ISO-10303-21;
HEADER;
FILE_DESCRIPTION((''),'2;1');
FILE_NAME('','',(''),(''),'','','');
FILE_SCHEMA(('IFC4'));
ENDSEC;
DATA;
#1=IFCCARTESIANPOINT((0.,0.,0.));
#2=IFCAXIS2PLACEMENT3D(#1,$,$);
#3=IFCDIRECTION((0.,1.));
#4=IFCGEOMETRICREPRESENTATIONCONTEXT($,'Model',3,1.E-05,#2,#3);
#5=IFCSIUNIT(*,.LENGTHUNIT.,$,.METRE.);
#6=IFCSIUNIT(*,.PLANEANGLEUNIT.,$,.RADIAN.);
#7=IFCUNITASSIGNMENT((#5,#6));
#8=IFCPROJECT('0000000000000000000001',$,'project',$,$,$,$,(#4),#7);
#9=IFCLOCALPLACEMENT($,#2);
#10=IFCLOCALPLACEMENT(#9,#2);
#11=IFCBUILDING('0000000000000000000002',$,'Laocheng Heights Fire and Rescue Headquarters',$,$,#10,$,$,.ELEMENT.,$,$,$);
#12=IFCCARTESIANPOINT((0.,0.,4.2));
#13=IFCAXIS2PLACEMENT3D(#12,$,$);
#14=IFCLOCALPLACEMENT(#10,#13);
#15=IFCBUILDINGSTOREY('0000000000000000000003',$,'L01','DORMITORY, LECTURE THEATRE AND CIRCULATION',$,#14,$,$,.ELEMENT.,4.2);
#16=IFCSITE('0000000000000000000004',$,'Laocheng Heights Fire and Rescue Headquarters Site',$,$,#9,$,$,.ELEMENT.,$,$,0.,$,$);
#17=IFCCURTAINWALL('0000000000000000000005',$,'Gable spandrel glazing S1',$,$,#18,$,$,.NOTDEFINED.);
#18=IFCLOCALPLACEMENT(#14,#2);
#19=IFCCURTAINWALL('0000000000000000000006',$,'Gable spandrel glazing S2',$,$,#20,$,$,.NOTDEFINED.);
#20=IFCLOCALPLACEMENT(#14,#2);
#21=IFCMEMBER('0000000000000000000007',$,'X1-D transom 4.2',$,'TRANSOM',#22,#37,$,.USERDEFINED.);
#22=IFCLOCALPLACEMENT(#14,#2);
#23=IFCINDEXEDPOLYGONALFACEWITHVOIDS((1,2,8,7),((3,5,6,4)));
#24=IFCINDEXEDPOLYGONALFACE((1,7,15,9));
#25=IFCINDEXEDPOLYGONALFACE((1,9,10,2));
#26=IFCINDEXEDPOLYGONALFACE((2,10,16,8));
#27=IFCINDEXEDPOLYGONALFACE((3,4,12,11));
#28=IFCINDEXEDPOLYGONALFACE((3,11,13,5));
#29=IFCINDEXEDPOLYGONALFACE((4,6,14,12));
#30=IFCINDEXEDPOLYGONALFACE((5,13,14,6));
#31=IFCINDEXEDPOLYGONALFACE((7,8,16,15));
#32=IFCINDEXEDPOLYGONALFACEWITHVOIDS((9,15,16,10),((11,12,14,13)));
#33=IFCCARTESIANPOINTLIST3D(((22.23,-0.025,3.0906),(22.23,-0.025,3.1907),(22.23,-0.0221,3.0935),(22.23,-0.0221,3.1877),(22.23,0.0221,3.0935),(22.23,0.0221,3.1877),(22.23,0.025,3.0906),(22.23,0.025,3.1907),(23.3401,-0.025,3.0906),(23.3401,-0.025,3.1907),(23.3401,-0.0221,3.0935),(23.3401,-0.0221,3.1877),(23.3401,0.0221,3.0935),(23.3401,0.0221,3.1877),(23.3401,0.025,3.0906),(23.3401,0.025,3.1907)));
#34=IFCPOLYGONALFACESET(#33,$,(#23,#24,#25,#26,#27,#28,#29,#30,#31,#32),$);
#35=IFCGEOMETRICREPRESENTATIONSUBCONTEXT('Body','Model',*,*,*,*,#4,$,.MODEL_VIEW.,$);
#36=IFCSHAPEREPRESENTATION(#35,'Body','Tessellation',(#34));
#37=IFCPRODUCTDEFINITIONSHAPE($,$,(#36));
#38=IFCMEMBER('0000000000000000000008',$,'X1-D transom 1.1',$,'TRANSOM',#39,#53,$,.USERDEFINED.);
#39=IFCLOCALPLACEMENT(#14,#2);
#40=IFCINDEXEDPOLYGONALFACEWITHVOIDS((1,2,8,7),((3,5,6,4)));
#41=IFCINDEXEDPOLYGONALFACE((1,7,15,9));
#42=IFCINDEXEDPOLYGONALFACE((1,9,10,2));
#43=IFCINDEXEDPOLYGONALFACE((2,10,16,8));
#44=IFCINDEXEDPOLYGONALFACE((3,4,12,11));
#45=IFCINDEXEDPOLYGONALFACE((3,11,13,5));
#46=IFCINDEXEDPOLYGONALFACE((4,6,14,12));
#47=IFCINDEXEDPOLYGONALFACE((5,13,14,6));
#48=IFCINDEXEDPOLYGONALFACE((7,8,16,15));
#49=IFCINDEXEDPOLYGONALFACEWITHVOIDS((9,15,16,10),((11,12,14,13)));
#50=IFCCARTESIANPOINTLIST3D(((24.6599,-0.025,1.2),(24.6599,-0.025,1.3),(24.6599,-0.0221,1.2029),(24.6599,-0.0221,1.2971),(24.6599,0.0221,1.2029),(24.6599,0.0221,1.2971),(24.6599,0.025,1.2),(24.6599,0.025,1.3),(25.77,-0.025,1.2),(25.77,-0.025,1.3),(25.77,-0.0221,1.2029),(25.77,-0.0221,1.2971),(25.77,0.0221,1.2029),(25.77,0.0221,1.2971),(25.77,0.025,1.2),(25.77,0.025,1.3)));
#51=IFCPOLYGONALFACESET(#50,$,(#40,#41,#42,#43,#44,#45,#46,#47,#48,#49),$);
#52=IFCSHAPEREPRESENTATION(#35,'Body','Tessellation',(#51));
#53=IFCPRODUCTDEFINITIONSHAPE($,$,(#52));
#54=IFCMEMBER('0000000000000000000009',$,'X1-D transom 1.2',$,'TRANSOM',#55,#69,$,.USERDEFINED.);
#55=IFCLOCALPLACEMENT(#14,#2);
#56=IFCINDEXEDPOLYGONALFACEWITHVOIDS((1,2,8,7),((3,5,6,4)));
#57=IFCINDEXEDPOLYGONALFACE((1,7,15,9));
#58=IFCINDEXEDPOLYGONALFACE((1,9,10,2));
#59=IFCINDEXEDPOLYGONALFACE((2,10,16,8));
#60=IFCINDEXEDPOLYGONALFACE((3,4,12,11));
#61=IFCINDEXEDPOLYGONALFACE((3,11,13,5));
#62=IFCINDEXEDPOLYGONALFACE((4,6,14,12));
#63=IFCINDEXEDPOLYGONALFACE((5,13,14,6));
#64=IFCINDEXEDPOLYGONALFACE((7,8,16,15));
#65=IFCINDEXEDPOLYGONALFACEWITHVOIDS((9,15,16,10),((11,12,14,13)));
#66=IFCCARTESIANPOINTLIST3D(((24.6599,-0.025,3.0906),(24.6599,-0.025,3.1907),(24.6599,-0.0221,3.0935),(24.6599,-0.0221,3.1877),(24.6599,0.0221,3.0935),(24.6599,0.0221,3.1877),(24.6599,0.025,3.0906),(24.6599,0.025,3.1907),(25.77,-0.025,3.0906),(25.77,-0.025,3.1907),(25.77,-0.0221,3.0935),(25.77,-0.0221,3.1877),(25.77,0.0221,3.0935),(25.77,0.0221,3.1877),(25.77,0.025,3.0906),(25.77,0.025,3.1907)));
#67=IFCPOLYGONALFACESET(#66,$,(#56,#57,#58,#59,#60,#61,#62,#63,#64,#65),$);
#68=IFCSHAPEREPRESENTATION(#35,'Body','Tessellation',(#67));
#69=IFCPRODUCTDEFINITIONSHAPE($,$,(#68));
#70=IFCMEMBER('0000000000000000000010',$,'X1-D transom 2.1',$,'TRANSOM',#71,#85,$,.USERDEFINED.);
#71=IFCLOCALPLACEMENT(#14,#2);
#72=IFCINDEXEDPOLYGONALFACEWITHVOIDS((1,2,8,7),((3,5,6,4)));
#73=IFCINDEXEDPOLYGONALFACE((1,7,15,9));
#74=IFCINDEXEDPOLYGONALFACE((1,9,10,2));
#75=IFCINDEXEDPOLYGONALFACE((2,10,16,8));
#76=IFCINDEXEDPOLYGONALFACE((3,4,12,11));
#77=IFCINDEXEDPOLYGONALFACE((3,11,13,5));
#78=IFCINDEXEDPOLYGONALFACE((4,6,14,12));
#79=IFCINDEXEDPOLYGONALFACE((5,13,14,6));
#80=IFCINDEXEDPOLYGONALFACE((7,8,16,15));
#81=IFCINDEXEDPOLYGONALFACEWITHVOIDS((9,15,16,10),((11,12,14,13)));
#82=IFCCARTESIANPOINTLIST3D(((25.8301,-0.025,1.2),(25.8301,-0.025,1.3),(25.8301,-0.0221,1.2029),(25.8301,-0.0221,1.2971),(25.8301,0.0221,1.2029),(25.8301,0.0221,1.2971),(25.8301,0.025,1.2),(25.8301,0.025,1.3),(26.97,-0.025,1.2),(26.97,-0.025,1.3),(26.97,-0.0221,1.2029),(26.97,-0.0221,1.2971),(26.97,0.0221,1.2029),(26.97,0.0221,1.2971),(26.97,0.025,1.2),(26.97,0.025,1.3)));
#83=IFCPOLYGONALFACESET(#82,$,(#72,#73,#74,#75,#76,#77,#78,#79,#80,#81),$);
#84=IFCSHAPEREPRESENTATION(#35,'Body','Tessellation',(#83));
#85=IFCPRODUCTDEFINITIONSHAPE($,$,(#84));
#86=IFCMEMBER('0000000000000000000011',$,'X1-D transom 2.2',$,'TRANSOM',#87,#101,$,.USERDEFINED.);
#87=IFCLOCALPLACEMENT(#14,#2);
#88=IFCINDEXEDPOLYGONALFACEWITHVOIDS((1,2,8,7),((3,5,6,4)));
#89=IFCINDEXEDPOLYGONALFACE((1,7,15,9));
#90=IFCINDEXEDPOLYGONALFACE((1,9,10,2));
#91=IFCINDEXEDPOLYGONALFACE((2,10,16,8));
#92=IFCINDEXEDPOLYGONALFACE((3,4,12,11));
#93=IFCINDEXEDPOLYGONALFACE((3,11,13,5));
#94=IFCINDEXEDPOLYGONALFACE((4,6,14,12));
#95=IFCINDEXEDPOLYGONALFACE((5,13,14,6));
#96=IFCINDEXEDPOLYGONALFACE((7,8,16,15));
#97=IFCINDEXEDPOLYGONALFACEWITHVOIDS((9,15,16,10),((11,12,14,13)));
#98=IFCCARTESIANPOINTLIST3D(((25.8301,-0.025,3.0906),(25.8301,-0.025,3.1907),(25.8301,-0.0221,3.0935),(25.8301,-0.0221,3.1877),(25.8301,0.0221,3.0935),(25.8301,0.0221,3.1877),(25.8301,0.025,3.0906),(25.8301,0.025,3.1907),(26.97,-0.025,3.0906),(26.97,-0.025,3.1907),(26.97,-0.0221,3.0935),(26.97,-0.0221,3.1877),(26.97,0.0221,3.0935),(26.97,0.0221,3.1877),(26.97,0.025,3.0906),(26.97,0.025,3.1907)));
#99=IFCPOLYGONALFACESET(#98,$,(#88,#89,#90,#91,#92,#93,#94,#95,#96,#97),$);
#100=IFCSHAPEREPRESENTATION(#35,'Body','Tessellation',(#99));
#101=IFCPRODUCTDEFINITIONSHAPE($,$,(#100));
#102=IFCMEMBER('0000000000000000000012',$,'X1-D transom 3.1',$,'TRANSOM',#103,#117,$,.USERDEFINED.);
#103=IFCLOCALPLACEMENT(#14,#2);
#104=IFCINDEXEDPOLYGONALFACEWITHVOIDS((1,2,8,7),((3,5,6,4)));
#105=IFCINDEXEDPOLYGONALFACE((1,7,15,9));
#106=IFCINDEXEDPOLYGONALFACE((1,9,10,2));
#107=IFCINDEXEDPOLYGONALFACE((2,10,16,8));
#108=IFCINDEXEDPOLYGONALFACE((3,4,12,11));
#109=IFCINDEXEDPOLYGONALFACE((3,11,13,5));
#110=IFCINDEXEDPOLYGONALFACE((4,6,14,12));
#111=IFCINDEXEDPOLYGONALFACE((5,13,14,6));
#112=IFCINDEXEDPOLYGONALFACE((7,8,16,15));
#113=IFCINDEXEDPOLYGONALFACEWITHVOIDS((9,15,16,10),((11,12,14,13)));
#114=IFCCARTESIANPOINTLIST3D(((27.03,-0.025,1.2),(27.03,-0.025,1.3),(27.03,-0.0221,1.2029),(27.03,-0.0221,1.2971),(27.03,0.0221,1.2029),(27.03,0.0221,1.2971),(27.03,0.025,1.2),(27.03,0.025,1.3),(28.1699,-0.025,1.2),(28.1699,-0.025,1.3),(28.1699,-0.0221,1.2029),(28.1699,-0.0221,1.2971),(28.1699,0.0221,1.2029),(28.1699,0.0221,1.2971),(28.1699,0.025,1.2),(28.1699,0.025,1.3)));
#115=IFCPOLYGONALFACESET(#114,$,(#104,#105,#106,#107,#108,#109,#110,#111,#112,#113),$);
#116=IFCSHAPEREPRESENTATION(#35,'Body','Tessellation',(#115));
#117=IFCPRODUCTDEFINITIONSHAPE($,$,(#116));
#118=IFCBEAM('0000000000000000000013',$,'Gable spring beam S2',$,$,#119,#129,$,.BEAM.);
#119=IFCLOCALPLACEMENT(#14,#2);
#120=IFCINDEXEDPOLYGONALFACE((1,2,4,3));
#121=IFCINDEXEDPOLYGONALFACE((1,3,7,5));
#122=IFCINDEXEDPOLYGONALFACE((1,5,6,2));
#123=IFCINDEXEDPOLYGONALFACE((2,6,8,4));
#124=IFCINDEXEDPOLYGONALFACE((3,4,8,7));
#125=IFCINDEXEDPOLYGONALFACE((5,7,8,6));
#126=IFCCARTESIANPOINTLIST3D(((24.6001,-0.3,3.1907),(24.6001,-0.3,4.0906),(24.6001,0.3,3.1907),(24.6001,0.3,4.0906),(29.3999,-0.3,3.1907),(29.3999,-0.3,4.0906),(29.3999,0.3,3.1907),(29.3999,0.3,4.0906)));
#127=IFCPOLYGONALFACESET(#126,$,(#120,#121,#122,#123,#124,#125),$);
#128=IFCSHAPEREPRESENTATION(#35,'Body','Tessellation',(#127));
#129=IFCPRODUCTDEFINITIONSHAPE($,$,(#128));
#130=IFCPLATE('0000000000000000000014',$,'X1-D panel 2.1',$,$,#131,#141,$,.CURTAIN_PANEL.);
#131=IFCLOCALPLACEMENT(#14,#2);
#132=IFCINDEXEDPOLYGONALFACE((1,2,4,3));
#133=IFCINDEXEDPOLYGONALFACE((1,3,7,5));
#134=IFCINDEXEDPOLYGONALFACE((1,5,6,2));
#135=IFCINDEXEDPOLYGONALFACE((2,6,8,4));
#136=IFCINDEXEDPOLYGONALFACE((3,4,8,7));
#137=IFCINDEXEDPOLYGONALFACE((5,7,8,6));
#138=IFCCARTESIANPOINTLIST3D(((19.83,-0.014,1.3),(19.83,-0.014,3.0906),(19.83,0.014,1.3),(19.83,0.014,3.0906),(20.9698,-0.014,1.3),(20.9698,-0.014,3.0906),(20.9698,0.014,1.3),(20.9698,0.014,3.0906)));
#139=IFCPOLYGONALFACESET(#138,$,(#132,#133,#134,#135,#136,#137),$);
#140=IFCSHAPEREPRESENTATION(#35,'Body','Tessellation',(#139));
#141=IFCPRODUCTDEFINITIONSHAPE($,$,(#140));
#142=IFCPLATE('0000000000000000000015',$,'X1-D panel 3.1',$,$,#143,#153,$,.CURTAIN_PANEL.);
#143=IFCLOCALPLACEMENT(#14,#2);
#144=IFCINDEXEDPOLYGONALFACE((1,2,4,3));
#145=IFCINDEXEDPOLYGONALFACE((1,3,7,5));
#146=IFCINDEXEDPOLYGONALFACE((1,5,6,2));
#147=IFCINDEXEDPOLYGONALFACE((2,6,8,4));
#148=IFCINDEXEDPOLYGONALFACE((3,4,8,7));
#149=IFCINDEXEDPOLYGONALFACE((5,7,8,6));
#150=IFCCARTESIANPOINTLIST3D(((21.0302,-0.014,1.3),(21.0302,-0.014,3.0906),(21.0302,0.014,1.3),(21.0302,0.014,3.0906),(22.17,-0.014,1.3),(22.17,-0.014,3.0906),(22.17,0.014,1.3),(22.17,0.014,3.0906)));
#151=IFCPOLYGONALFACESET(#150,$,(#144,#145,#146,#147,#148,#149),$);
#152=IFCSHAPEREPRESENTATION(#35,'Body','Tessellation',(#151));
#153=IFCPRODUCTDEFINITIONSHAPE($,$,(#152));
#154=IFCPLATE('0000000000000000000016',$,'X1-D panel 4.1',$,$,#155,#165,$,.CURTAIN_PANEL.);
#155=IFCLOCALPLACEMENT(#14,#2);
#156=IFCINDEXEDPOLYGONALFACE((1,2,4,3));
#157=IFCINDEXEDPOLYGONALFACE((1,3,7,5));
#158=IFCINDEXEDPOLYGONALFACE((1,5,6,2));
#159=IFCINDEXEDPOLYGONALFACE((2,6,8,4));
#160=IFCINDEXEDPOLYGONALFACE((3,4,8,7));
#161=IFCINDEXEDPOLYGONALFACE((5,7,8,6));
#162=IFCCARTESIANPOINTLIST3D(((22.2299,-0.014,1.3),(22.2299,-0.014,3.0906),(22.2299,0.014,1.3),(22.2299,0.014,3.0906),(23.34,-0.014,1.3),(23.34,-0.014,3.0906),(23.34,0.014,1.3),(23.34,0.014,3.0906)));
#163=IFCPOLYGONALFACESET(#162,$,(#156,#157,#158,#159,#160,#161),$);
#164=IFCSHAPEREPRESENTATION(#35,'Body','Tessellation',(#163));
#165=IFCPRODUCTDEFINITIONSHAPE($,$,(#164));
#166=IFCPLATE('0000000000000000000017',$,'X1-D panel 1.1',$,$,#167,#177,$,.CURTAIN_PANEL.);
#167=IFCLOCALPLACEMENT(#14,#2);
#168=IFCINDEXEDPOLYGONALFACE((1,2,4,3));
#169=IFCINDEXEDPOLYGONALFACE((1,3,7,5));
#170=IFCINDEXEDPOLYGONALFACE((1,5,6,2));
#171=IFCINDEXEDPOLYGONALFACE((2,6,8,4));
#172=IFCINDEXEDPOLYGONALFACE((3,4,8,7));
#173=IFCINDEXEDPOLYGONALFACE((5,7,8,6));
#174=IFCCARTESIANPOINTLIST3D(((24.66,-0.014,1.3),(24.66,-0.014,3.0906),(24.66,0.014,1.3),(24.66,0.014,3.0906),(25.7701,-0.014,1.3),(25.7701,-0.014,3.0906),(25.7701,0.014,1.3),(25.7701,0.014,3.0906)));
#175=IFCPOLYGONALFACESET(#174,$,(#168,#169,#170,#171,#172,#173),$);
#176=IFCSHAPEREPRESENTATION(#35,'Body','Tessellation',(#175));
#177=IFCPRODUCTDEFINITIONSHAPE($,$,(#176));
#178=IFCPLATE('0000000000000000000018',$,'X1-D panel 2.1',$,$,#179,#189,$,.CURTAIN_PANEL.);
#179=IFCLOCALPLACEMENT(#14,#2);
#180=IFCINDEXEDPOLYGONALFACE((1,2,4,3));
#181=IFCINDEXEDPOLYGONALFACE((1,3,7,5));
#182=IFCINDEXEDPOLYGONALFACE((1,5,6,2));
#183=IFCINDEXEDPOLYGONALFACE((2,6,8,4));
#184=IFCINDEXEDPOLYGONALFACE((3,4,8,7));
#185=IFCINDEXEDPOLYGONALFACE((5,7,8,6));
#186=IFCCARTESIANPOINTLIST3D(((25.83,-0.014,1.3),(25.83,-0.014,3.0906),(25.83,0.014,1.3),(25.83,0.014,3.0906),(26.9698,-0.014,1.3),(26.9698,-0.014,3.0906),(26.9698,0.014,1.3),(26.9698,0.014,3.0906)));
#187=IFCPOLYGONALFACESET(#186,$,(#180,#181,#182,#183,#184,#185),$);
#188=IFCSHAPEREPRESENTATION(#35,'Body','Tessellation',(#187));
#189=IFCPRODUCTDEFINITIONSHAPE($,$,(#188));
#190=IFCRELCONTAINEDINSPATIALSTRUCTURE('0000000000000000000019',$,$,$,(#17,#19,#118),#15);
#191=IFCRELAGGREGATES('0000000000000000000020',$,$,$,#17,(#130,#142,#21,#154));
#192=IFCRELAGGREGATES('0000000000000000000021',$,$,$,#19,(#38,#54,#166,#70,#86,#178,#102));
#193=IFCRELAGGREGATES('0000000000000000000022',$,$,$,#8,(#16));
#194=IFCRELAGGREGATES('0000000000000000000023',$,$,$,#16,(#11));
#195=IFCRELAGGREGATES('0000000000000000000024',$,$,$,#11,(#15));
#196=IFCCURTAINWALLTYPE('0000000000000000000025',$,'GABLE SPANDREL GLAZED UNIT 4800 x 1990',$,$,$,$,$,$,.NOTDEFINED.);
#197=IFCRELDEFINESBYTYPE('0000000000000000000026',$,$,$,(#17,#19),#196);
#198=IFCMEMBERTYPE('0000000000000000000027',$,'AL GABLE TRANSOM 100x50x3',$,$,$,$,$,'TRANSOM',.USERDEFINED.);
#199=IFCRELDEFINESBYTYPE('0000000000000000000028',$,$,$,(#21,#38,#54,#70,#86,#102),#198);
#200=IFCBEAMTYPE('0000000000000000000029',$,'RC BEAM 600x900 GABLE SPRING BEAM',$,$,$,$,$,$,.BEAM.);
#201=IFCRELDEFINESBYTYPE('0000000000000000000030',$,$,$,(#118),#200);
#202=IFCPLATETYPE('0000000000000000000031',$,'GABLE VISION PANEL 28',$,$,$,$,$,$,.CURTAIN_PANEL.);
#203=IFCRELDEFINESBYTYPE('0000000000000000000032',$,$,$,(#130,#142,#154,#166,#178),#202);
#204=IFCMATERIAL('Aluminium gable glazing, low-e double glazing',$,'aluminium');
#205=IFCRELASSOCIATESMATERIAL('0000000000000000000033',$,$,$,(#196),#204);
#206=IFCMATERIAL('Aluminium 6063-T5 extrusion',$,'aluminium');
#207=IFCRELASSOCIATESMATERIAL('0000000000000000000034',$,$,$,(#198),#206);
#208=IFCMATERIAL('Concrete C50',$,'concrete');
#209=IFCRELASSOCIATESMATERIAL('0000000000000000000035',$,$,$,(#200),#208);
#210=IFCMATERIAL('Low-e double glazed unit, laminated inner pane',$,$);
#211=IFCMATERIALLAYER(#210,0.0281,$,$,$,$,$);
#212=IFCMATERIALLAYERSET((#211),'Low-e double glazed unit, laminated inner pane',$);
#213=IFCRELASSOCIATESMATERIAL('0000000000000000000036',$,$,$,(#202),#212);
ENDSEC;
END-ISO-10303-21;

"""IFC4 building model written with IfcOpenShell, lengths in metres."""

from ifc_helpers import new_model, si_unit, direction, frame, origin, origin_2d, place, context, subcontext, project, spatial, rectangle, hollow_rectangle, extrude, material, layer, layer_set, material_profile, profile_set, type_object, element, aggregate, save


model = new_model("IFC4")

# Units and contexts
model_context = context("Model", 3, precision=1e-05, world=origin(), true_north=direction((0.0, 1.0)))
body_context = subcontext(model_context, "Body", "Model", "MODEL_VIEW")
ifc_project = project(units=[si_unit("LENGTHUNIT", "METRE"), si_unit("PLANEANGLEUNIT", "RADIAN")], contexts=[model_context])

# Site, building, storey
site_placement = place(None, origin())
site = spatial("IfcSite", under=ifc_project, at=site_placement, Name="Laocheng Heights Fire and Rescue Headquarters Site", CompositionType="ELEMENT", RefElevation=0.0)
building_placement = place(site_placement, origin())
building = spatial("IfcBuilding", under=site, at=building_placement, Name="Laocheng Heights Fire and Rescue Headquarters", CompositionType="ELEMENT")
storey_placement = place(building_placement, frame((0.0, 0.0, 4.2)))
storey = spatial("IfcBuildingStorey", under=building, at=storey_placement, Name="L01", Description="DORMITORY, LECTURE THEATRE AND CIRCULATION", CompositionType="ELEMENT", Elevation=4.2)

# Curtain walls
ifc_material_1 = material(Name="Aluminium gable glazing, low-e double glazing", Category="aluminium")
curtain_wall_type = type_object("IfcCurtainWallType", Name="GABLE SPANDREL GLAZED UNIT 4800 x 1990", PredefinedType="NOTDEFINED", material=ifc_material_1)
curtain_wall_1_placement = place(storey_placement, origin())
curtain_wall_1 = element("IfcCurtainWall", 1, at=curtain_wall_1_placement, inside=storey, type_object=curtain_wall_type, Name="Gable spandrel glazing S1", PredefinedType="NOTDEFINED")
curtain_wall_2_placement = place(storey_placement, origin())
curtain_wall_2 = element("IfcCurtainWall", 2, at=curtain_wall_2_placement, inside=storey, type_object=curtain_wall_type, Name="Gable spandrel glazing S2", PredefinedType="NOTDEFINED")

# Members
ifc_material_2 = material(Name="Aluminium 6063-T5 extrusion", Category="aluminium")
ifc_material_profile_1 = material_profile(ifc_material_2, hollow_rectangle(XDim=0.05, YDim=0.1001, WallThickness=0.0029, at=origin_2d()), Name="AL TRANSOM 100x50x3")
ifc_profile_set_1 = profile_set([ifc_material_profile_1], Name="Aluminium 6063-T5 extrusion")
member_type_1 = type_object("IfcMemberType", Name="AL GABLE TRANSOM 100x50x3", ElementType="TRANSOM", PredefinedType="USERDEFINED", material=ifc_profile_set_1)
member_1_placement = place(storey_placement, frame((22.23, 0.0, 3.1406), z_axis=(1.0, 0.0, 0.0), x_axis=(0.0, 1.0, 0.0)))
member_1 = element("IfcMember", 3, at=member_1_placement, type_object=member_type_1, Name="X1-D transom 4.2", ObjectType="TRANSOM", PredefinedType="USERDEFINED", context=body_context, shape_type="SweptSolid", body=[
    extrude(hollow_rectangle(XDim=0.05, YDim=0.1001, WallThickness=0.0029, at=origin_2d()), origin(), (0.0, 0.0, 1.0), 1.1101),
])
member_2_placement = place(storey_placement, frame((24.6599, 0.0, 1.25), z_axis=(1.0, 0.0, 0.0), x_axis=(0.0, 1.0, 0.0)))
member_2 = element("IfcMember", 4, at=member_2_placement, type_object=member_type_1, Name="X1-D transom 1.1", ObjectType="TRANSOM", PredefinedType="USERDEFINED", context=body_context, shape_type="SweptSolid", body=[
    extrude(hollow_rectangle(XDim=0.05, YDim=0.1001, WallThickness=0.0029, at=origin_2d()), origin(), (0.0, 0.0, 1.0), 1.1101),
])
member_3_placement = place(storey_placement, frame((24.6599, 0.0, 3.1406), z_axis=(1.0, 0.0, 0.0), x_axis=(0.0, 1.0, 0.0)))
member_3 = element("IfcMember", 5, at=member_3_placement, type_object=member_type_1, Name="X1-D transom 1.2", ObjectType="TRANSOM", PredefinedType="USERDEFINED", context=body_context, shape_type="SweptSolid", body=[
    extrude(hollow_rectangle(XDim=0.05, YDim=0.1001, WallThickness=0.0029, at=origin_2d()), origin(), (0.0, 0.0, 1.0), 1.1101),
])
member_4_placement = place(storey_placement, frame((25.8301, 0.0, 1.25), z_axis=(1.0, 0.0, 0.0), x_axis=(0.0, 1.0, 0.0)))
member_4 = element("IfcMember", 6, at=member_4_placement, type_object=member_type_1, Name="X1-D transom 2.1", ObjectType="TRANSOM", PredefinedType="USERDEFINED", context=body_context, shape_type="SweptSolid", body=[
    extrude(hollow_rectangle(XDim=0.05, YDim=0.1001, WallThickness=0.0029, at=origin_2d()), origin(), (0.0, 0.0, 1.0), 1.1399),
])
member_5_placement = place(storey_placement, frame((25.8301, 0.0, 3.1406), z_axis=(1.0, 0.0, 0.0), x_axis=(0.0, 1.0, 0.0)))
member_5 = element("IfcMember", 7, at=member_5_placement, type_object=member_type_1, Name="X1-D transom 2.2", ObjectType="TRANSOM", PredefinedType="USERDEFINED", context=body_context, shape_type="SweptSolid", body=[
    extrude(hollow_rectangle(XDim=0.05, YDim=0.1001, WallThickness=0.0029, at=origin_2d()), origin(), (0.0, 0.0, 1.0), 1.1399),
])
member_6_placement = place(storey_placement, frame((27.03, 0.0, 1.25), z_axis=(1.0, 0.0, 0.0), x_axis=(0.0, 1.0, 0.0)))
member_6 = element("IfcMember", 8, at=member_6_placement, type_object=member_type_1, Name="X1-D transom 3.1", ObjectType="TRANSOM", PredefinedType="USERDEFINED", context=body_context, shape_type="SweptSolid", body=[
    extrude(hollow_rectangle(XDim=0.05, YDim=0.1001, WallThickness=0.0029, at=origin_2d()), origin(), (0.0, 0.0, 1.0), 1.1399),
])

# Beam
ifc_material_3 = material(Name="Concrete C50", Category="concrete")
ifc_material_profile_2 = material_profile(ifc_material_3, rectangle(XDim=0.6001, YDim=0.8999, at=origin_2d()), Name="RC BEAM 600x900 GABLE SPRING BEAM")
ifc_profile_set_2 = profile_set([ifc_material_profile_2], Name="Concrete C50")
beam_type = type_object("IfcBeamType", Name="RC BEAM 600x900 GABLE SPRING BEAM", PredefinedType="BEAM", material=ifc_profile_set_2)
beam_placement = place(storey_placement, frame((24.6001, 0.0, 3.6406), z_axis=(1.0, 0.0, 0.0), x_axis=(0.0, 1.0, 0.0)))
element("IfcBeam", 9, at=beam_placement, inside=storey, type_object=beam_type, Name="Gable spring beam S2", PredefinedType="BEAM", context=body_context, shape_type="SweptSolid", body=[
    extrude(rectangle(XDim=0.6001, YDim=0.8999, at=origin_2d()), origin(), (0.0, 0.0, 1.0), 4.7998),
])

# Plates
ifc_material_4 = material(Name="Low-e double glazed unit, laminated inner pane")
ifc_layer = layer(ifc_material_4, 0.0281)
ifc_layer_set = layer_set([ifc_layer], Name="Low-e double glazed unit, laminated inner pane")
plate_type = type_object("IfcPlateType", Name="GABLE VISION PANEL 28", PredefinedType="CURTAIN_PANEL", material=ifc_layer_set)
plate_1_placement = place(storey_placement, frame((20.3999, 0.0, 1.3), z_axis=(0.0, 0.0, 1.0), x_axis=(1.0, 0.0, 0.0)))
plate_1 = element("IfcPlate", 10, at=plate_1_placement, type_object=plate_type, Name="X1-D panel 2.1", PredefinedType="CURTAIN_PANEL", context=body_context, shape_type="SweptSolid", body=[
    extrude(rectangle(XDim=1.1399, YDim=0.0281, at=origin_2d()), origin(), (0.0, 0.0, 1.0), 1.7905),
])
plate_2_placement = place(storey_placement, frame((21.6001, 0.0, 1.3), z_axis=(0.0, 0.0, 1.0), x_axis=(1.0, 0.0, 0.0)))
plate_2 = element("IfcPlate", 11, at=plate_2_placement, type_object=plate_type, Name="X1-D panel 3.1", PredefinedType="CURTAIN_PANEL", context=body_context, shape_type="SweptSolid", body=[
    extrude(rectangle(XDim=1.1399, YDim=0.0281, at=origin_2d()), origin(), (0.0, 0.0, 1.0), 1.7905),
])
plate_3_placement = place(storey_placement, frame((22.7849, 0.0, 1.3), z_axis=(0.0, 0.0, 1.0), x_axis=(1.0, 0.0, 0.0)))
plate_3 = element("IfcPlate", 12, at=plate_3_placement, type_object=plate_type, Name="X1-D panel 4.1", PredefinedType="CURTAIN_PANEL", context=body_context, shape_type="SweptSolid", body=[
    extrude(rectangle(XDim=1.1101, YDim=0.0281, at=origin_2d()), origin(), (0.0, 0.0, 1.0), 1.7905),
])
aggregate(curtain_wall_1, [plate_1, plate_2, member_1, plate_3])
plate_4_placement = place(storey_placement, frame((25.2151, 0.0, 1.3), z_axis=(0.0, 0.0, 1.0), x_axis=(1.0, 0.0, 0.0)))
plate_4 = element("IfcPlate", 13, at=plate_4_placement, type_object=plate_type, Name="X1-D panel 1.1", PredefinedType="CURTAIN_PANEL", context=body_context, shape_type="SweptSolid", body=[
    extrude(rectangle(XDim=1.1101, YDim=0.0281, at=origin_2d()), origin(), (0.0, 0.0, 1.0), 1.7905),
])
plate_5_placement = place(storey_placement, frame((26.3999, 0.0, 1.3), z_axis=(0.0, 0.0, 1.0), x_axis=(1.0, 0.0, 0.0)))
plate_5 = element("IfcPlate", 14, at=plate_5_placement, type_object=plate_type, Name="X1-D panel 2.1", PredefinedType="CURTAIN_PANEL", context=body_context, shape_type="SweptSolid", body=[
    extrude(rectangle(XDim=1.1399, YDim=0.0281, at=origin_2d()), origin(), (0.0, 0.0, 1.0), 1.7905),
])
aggregate(curtain_wall_2, [member_2, member_3, plate_4, member_4, member_5, plate_5, member_6])

save(model, "model.ifc")
